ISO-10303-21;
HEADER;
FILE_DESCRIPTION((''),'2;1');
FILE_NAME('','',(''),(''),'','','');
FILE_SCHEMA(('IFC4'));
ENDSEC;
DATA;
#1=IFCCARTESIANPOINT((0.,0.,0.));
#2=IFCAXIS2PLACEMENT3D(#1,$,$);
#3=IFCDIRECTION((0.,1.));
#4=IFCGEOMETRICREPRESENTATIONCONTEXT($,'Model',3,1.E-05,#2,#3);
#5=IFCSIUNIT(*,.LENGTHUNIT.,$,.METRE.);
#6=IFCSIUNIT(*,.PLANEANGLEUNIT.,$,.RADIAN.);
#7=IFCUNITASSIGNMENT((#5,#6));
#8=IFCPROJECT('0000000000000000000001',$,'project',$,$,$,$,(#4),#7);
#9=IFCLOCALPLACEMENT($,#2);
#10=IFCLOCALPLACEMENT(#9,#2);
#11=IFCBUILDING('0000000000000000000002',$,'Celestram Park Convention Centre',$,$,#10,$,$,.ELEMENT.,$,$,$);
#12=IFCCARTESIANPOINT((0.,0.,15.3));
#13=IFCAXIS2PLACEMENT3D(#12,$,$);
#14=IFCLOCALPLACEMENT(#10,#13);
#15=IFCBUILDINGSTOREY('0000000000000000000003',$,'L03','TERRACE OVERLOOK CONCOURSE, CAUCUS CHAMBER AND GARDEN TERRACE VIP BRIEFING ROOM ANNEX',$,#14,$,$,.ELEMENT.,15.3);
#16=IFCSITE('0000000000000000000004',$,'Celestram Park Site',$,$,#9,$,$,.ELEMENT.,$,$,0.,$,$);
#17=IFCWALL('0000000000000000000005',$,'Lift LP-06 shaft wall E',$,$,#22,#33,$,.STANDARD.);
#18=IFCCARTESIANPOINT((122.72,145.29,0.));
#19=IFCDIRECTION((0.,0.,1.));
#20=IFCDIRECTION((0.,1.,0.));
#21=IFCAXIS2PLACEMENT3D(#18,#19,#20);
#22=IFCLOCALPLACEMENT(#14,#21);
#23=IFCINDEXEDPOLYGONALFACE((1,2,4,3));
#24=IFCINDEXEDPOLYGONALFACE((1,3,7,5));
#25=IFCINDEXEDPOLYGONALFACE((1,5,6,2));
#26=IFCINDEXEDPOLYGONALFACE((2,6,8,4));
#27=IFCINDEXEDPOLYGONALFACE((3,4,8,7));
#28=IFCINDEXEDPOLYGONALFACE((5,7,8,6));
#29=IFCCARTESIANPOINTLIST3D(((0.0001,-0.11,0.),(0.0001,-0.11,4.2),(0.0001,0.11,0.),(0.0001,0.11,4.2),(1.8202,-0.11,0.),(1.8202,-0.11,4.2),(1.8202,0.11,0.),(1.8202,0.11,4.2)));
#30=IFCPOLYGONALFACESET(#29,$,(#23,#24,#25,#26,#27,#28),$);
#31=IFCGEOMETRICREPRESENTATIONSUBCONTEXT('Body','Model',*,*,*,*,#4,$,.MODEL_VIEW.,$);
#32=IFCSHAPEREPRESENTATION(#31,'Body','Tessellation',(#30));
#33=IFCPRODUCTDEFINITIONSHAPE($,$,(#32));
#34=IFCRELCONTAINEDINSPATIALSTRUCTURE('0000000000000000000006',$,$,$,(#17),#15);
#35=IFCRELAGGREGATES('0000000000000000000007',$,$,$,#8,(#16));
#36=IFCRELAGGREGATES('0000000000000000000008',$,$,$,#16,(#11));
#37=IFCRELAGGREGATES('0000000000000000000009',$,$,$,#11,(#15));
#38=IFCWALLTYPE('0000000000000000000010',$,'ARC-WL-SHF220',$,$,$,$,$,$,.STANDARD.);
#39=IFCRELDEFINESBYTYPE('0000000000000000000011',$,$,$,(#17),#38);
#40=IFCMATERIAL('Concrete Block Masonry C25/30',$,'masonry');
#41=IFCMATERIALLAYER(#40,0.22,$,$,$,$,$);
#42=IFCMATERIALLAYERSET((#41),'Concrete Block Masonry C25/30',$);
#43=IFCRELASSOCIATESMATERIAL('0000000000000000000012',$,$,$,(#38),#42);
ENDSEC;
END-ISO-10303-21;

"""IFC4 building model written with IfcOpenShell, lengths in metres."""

from ifc_helpers import new_model, si_unit, direction, frame, frame_2d, origin, place, context, subcontext, project, spatial, rectangle, extrude, material, layer, layer_set, type_object, element, save


model = new_model("IFC4")

# Units and contexts
model_context = context("Model", 3, precision=1e-05, world=origin(), true_north=direction((0.0, 1.0)))
body_context = subcontext(model_context, "Body", "Model", "MODEL_VIEW")
ifc_project = project(units=[si_unit("LENGTHUNIT", "METRE"), si_unit("PLANEANGLEUNIT", "RADIAN")], contexts=[model_context])

# Site, building, storey
site_placement = place(None, origin())
site = spatial("IfcSite", under=ifc_project, at=site_placement, Name="Celestram Park Site", CompositionType="ELEMENT", RefElevation=0.0)
building_placement = place(site_placement, origin())
building = spatial("IfcBuilding", under=site, at=building_placement, Name="Celestram Park Convention Centre", CompositionType="ELEMENT")
storey_placement = place(building_placement, frame((0.0, 0.0, 15.3)))
storey = spatial("IfcBuildingStorey", under=building, at=storey_placement, Name="L03", Description="TERRACE OVERLOOK CONCOURSE, CAUCUS CHAMBER AND GARDEN TERRACE VIP BRIEFING ROOM ANNEX", CompositionType="ELEMENT", Elevation=15.3)

# Shared definitions
ifc_material_1 = material(Name="Concrete Block Masonry C25/30", Category="masonry")

# Shared definitions
ifc_layer_1 = layer(ifc_material_1, 0.22)
ifc_layer_set_1 = layer_set([ifc_layer_1], Name="Concrete Block Masonry C25/30")
wall_type_1 = type_object("IfcWallType", Name="ARC-WL-SHF220", PredefinedType="STANDARD", material=ifc_layer_set_1)

# Wall
for number, where, z_axis, x_axis, name in (
    (1, (122.72, 145.29, 0.0), (0.0, 0.0, 1.0), (0.0, 1.0, 0.0), "Lift LP-06 shaft wall E"),
):
    element("IfcWall", number, at=place(storey_placement, frame(where, z_axis=z_axis, x_axis=x_axis)), inside=storey, type_object=wall_type_1, Name=name, PredefinedType="STANDARD", context=body_context, shape_type="SweptSolid", body=[
        extrude(rectangle(XDim=1.8201, YDim=0.22, at=frame_2d((0.9102, 0.0))), origin(), (0.0, 0.0, 1.0), 4.2),
    ])

save(model, "model.ifc")
